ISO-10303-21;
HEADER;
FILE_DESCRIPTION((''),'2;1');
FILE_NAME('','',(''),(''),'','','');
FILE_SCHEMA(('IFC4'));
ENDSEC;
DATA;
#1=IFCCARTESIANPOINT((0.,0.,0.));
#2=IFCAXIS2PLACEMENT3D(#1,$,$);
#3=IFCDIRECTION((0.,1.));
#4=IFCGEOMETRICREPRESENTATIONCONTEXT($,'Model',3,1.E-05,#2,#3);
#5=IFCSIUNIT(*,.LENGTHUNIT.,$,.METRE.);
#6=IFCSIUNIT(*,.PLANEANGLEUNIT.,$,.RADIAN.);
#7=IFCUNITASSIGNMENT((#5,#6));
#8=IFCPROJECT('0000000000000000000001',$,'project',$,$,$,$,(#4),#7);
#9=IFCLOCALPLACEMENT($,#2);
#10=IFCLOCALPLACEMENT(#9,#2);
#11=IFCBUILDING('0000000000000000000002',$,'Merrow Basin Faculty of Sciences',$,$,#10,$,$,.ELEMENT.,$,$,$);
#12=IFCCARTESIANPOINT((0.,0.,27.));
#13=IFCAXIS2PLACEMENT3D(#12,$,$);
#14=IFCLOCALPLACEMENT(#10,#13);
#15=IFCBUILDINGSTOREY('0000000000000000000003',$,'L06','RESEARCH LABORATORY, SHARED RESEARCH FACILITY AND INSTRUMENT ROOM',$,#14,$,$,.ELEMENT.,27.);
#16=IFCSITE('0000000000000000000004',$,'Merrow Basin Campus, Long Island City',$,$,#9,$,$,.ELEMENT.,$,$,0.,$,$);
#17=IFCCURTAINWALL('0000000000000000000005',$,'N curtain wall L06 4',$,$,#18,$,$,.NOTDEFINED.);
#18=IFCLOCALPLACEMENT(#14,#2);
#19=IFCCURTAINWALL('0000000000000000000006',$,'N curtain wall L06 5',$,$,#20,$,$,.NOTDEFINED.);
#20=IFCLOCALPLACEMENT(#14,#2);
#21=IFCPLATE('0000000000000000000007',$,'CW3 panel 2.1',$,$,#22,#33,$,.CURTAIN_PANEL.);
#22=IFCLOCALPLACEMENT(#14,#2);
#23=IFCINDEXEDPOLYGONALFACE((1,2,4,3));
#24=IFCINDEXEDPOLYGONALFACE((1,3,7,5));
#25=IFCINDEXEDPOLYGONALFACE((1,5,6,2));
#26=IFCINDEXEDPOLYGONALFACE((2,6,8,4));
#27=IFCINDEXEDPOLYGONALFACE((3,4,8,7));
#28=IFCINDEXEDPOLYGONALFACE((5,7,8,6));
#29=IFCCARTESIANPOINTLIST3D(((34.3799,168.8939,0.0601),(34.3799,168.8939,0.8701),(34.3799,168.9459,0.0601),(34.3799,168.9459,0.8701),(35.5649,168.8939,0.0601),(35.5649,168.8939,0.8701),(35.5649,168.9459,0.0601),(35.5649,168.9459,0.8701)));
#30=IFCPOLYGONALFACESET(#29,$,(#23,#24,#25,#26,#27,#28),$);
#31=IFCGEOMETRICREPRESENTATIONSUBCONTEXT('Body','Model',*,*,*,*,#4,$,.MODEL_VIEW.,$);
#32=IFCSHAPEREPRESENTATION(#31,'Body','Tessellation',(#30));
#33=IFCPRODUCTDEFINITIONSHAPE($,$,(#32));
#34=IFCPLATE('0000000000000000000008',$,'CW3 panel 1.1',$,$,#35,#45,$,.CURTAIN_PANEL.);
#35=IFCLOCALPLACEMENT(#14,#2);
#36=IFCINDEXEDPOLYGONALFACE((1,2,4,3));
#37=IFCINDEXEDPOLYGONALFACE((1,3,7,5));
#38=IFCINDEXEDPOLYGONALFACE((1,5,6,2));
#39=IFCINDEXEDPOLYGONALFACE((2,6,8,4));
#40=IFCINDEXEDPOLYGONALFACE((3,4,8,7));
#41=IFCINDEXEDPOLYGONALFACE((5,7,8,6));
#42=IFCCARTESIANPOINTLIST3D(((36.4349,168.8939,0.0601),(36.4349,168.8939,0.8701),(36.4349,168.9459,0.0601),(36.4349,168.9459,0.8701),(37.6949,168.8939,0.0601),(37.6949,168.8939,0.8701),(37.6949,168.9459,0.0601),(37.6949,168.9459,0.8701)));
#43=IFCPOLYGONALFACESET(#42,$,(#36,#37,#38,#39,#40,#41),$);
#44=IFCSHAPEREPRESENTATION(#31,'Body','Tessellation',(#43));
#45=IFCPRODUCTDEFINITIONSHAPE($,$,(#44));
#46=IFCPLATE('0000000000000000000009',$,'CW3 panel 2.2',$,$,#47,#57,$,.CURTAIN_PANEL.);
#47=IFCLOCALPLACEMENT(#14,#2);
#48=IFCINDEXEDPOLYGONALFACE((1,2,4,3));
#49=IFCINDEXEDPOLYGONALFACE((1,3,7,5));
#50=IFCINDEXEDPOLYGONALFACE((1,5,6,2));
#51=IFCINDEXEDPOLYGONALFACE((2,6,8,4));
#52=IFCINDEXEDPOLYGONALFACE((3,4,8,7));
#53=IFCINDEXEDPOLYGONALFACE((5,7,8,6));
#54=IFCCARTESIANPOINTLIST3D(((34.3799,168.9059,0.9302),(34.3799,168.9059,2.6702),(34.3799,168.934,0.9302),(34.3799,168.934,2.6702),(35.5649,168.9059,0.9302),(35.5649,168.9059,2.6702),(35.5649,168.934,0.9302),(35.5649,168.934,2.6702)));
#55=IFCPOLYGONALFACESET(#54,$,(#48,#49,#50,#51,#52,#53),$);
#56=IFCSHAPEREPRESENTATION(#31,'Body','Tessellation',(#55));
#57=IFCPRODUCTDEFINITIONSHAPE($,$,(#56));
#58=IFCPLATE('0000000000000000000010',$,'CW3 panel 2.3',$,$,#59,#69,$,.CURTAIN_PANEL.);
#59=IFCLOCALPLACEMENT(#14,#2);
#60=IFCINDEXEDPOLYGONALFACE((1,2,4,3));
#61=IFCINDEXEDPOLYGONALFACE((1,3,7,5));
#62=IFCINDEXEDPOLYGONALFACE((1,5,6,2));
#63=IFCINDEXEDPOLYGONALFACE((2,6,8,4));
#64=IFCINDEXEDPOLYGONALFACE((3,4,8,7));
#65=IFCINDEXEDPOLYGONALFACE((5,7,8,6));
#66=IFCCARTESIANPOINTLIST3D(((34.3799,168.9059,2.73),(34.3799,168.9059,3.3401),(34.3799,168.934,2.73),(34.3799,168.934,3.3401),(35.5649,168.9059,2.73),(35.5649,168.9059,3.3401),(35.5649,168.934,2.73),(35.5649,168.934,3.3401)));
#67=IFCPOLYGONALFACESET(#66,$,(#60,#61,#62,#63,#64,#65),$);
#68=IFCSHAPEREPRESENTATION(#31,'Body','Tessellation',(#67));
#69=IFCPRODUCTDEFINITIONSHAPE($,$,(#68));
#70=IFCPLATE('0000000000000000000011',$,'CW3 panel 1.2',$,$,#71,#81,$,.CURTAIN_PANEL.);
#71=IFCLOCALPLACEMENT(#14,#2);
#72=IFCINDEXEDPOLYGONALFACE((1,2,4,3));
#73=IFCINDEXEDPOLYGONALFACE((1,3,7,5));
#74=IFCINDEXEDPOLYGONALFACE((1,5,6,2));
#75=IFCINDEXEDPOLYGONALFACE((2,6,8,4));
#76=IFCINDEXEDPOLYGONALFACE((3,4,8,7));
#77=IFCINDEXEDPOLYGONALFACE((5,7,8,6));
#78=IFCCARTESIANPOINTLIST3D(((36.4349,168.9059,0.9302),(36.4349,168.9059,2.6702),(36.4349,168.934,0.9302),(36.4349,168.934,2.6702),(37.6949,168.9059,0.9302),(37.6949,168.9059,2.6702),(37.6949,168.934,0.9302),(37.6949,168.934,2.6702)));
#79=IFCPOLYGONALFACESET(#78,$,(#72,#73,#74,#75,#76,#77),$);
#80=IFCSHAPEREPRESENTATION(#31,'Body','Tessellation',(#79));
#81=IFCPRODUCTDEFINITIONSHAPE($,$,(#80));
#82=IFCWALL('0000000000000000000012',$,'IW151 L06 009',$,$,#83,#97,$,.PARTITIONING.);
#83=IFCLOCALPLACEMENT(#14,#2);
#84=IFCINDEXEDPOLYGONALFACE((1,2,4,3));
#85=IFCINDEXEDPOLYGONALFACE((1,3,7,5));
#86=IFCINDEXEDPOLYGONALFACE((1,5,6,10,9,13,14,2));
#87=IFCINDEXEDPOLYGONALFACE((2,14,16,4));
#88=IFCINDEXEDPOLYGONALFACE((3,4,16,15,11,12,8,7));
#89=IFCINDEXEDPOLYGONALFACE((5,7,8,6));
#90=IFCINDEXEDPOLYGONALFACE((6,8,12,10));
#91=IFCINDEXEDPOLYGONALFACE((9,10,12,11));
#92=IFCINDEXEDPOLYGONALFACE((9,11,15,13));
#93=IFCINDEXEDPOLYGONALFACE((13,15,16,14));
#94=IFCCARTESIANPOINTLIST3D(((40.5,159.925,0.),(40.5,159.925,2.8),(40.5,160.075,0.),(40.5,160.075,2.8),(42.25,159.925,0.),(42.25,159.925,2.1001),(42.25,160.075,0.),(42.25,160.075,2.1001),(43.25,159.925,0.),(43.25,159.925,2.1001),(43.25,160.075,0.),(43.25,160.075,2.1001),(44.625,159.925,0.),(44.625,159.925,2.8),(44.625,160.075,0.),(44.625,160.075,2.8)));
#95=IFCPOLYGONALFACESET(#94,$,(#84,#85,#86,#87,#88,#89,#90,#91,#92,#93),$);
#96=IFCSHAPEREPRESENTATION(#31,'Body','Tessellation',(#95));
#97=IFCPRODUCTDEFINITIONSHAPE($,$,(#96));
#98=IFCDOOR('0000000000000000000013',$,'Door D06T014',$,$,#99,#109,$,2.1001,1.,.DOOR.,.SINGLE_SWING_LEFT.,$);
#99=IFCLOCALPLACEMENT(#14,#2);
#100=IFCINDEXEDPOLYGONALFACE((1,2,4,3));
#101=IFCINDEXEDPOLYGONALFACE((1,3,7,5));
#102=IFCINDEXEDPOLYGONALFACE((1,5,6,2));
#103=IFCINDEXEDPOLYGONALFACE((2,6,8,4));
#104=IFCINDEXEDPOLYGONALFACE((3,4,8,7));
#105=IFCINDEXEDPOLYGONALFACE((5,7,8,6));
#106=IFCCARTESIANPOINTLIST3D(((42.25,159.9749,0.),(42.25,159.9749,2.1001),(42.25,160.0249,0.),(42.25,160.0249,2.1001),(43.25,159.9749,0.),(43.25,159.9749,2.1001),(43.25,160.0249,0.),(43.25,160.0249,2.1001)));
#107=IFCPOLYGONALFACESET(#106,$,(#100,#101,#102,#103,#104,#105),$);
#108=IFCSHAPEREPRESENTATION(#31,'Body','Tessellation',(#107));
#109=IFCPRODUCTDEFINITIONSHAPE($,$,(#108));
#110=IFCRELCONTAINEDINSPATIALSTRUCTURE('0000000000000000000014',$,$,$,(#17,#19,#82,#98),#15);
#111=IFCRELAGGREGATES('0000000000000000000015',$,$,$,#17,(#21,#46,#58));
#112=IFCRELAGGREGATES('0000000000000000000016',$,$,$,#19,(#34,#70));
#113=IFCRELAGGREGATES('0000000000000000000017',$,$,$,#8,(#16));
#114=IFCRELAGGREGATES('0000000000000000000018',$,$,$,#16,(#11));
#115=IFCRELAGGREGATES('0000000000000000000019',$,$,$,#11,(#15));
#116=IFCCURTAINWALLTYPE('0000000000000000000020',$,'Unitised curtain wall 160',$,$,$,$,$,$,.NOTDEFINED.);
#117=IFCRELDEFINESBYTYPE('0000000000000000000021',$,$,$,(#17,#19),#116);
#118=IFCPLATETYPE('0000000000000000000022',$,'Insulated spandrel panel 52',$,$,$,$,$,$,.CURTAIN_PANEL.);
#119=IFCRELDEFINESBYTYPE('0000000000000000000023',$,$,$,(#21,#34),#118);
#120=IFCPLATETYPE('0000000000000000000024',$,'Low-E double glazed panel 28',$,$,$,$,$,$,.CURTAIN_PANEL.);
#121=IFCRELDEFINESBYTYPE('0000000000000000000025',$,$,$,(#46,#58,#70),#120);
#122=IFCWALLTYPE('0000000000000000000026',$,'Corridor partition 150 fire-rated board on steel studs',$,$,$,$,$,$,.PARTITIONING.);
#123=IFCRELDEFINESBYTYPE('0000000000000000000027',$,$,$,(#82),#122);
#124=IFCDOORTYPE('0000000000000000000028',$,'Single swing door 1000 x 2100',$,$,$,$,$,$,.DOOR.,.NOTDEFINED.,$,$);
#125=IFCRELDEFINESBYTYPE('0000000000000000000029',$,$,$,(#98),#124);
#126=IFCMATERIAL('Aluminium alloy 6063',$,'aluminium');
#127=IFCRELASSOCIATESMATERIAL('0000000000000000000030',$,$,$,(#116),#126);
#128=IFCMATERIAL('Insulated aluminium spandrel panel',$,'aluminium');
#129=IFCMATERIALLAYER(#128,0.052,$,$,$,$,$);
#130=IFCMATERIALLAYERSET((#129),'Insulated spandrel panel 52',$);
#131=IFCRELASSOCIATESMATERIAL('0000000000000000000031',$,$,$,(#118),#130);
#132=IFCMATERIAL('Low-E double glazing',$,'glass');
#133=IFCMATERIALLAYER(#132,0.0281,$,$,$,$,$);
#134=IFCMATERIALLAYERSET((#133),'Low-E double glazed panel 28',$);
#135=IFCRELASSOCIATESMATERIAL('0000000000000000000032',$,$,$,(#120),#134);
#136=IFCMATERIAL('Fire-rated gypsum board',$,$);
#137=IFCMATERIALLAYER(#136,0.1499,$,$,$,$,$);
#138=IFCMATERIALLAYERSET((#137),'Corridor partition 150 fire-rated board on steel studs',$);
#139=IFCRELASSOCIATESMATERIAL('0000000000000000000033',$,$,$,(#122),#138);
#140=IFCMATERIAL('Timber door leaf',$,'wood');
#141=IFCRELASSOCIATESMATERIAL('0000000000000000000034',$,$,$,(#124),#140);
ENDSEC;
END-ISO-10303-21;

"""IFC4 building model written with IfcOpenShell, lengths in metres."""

from ifc_helpers import new_model, si_unit, direction, frame, frame_2d, origin, origin_2d, place, context, subcontext, project, spatial, rectangle, extrude, material, layer, layer_set, type_object, element, fill, aggregate, save


model = new_model("IFC4")

# Units and contexts
model_context = context("Model", 3, precision=1e-05, world=origin(), true_north=direction((0.0, 1.0)))
body_context = subcontext(model_context, "Body", "Model", "MODEL_VIEW")
ifc_project = project(units=[si_unit("LENGTHUNIT", "METRE"), si_unit("PLANEANGLEUNIT", "RADIAN")], contexts=[model_context])

# Site, building, storey
site_placement = place(None, origin())
site = spatial("IfcSite", under=ifc_project, at=site_placement, Name="Merrow Basin Campus, Long Island City", CompositionType="ELEMENT", RefElevation=0.0)
building_placement = place(site_placement, origin())
building = spatial("IfcBuilding", under=site, at=building_placement, Name="Merrow Basin Faculty of Sciences", CompositionType="ELEMENT")
storey_placement = place(building_placement, frame((0.0, 0.0, 27.0)))
storey = spatial("IfcBuildingStorey", under=building, at=storey_placement, Name="L06", Description="RESEARCH LABORATORY, SHARED RESEARCH FACILITY AND INSTRUMENT ROOM", CompositionType="ELEMENT", Elevation=27.0)

# Curtain walls
ifc_material_1 = material(Name="Aluminium alloy 6063", Category="aluminium")
curtain_wall_type = type_object("IfcCurtainWallType", Name="Unitised curtain wall 160", PredefinedType="NOTDEFINED", material=ifc_material_1)
curtain_wall_1_placement = place(storey_placement, origin())
curtain_wall_1 = element("IfcCurtainWall", 1, at=curtain_wall_1_placement, inside=storey, type_object=curtain_wall_type, Name="N curtain wall L06 4", PredefinedType="NOTDEFINED")
curtain_wall_2_placement = place(storey_placement, origin())
curtain_wall_2 = element("IfcCurtainWall", 2, at=curtain_wall_2_placement, inside=storey, type_object=curtain_wall_type, Name="N curtain wall L06 5", PredefinedType="NOTDEFINED")

# Plates
ifc_material_2 = material(Name="Insulated aluminium spandrel panel", Category="aluminium")
ifc_layer_1 = layer(ifc_material_2, 0.052)
ifc_layer_set_1 = layer_set([ifc_layer_1], Name="Insulated spandrel panel 52")
plate_type_1 = type_object("IfcPlateType", Name="Insulated spandrel panel 52", PredefinedType="CURTAIN_PANEL", material=ifc_layer_set_1)
plate_1_placement = place(storey_placement, frame((34.9724, 168.9199, 0.0601), z_axis=(0.0, 0.0, 1.0), x_axis=(1.0, 0.0, 0.0)))
plate_1 = element("IfcPlate", 3, at=plate_1_placement, type_object=plate_type_1, Name="CW3 panel 2.1", PredefinedType="CURTAIN_PANEL", context=body_context, shape_type="SweptSolid", body=[
    extrude(rectangle(XDim=1.1851, YDim=0.052, at=origin_2d()), origin(), (0.0, 0.0, 1.0), 0.8101),
])
plate_2_placement = place(storey_placement, frame((37.0649, 168.9199, 0.0601), z_axis=(0.0, 0.0, 1.0), x_axis=(1.0, 0.0, 0.0)))
plate_2 = element("IfcPlate", 4, at=plate_2_placement, type_object=plate_type_1, Name="CW3 panel 1.1", PredefinedType="CURTAIN_PANEL", context=body_context, shape_type="SweptSolid", body=[
    extrude(rectangle(XDim=1.26, YDim=0.052, at=origin_2d()), origin(), (0.0, 0.0, 1.0), 0.8101),
])
ifc_material_3 = material(Name="Low-E double glazing", Category="glass")
ifc_layer_2 = layer(ifc_material_3, 0.0281)
ifc_layer_set_2 = layer_set([ifc_layer_2], Name="Low-E double glazed panel 28")
plate_type_2 = type_object("IfcPlateType", Name="Low-E double glazed panel 28", PredefinedType="CURTAIN_PANEL", material=ifc_layer_set_2)
plate_3_placement = place(storey_placement, frame((34.9724, 168.9199, 0.9302), z_axis=(0.0, 0.0, 1.0), x_axis=(1.0, 0.0, 0.0)))
plate_3 = element("IfcPlate", 5, at=plate_3_placement, type_object=plate_type_2, Name="CW3 panel 2.2", PredefinedType="CURTAIN_PANEL", context=body_context, shape_type="SweptSolid", body=[
    extrude(rectangle(XDim=1.1851, YDim=0.0281, at=origin_2d()), origin(), (0.0, 0.0, 1.0), 1.74),
])
plate_4_placement = place(storey_placement, frame((34.9724, 168.9199, 2.73), z_axis=(0.0, 0.0, 1.0), x_axis=(1.0, 0.0, 0.0)))
plate_4 = element("IfcPlate", 6, at=plate_4_placement, type_object=plate_type_2, Name="CW3 panel 2.3", PredefinedType="CURTAIN_PANEL", context=body_context, shape_type="SweptSolid", body=[
    extrude(rectangle(XDim=1.1851, YDim=0.0281, at=origin_2d()), origin(), (0.0, 0.0, 1.0), 0.6101),
])
aggregate(curtain_wall_1, [plate_1, plate_3, plate_4])
plate_5_placement = place(storey_placement, frame((37.0649, 168.9199, 0.9302), z_axis=(0.0, 0.0, 1.0), x_axis=(1.0, 0.0, 0.0)))
plate_5 = element("IfcPlate", 7, at=plate_5_placement, type_object=plate_type_2, Name="CW3 panel 1.2", PredefinedType="CURTAIN_PANEL", context=body_context, shape_type="SweptSolid", body=[
    extrude(rectangle(XDim=1.26, YDim=0.0281, at=origin_2d()), origin(), (0.0, 0.0, 1.0), 1.74),
])
aggregate(curtain_wall_2, [plate_2, plate_5])

# Wall, opening, door
ifc_material_4 = material(Name="Fire-rated gypsum board")
ifc_layer_3 = layer(ifc_material_4, 0.1499)
ifc_layer_set_3 = layer_set([ifc_layer_3], Name="Corridor partition 150 fire-rated board on steel studs")
wall_type = type_object("IfcWallType", Name="Corridor partition 150 fire-rated board on steel studs", PredefinedType="PARTITIONING", material=ifc_layer_set_3)
wall_placement = place(storey_placement, frame((40.5, 160.0, 0.0), z_axis=(0.0, 0.0, 1.0), x_axis=(1.0, 0.0, 0.0)))
wall = element("IfcWall", 8, at=wall_placement, inside=storey, type_object=wall_type, Name="IW151 L06 009", PredefinedType="PARTITIONING", context=body_context, shape_type="SweptSolid", body=[
    extrude(rectangle(XDim=4.125, YDim=0.1499, at=frame_2d((2.0625, 0.0))), origin(), (0.0, 0.0, 1.0), 2.8),
])
opening_placement = place(wall_placement, frame((1.75, 0.0, 0.0)))
opening = element("IfcOpeningElement", 9, at=opening_placement, cuts=wall, PredefinedType="OPENING", context=body_context, shape_type="SweptSolid", body=[
    extrude(rectangle(XDim=1.0, YDim=2.1001, at=frame_2d((0.5, 1.05))), frame((0.0, 0.085, 0.0), z_axis=(0.0, -1.0, 0.0), x_axis=(1.0, 0.0, 0.0)), (0.0, 0.0, 1.0), 0.1699),
])
ifc_material_5 = material(Name="Timber door leaf", Category="wood")
door_type = type_object("IfcDoorType", Name="Single swing door 1000 x 2100", OperationType="NOTDEFINED", PredefinedType="DOOR", material=ifc_material_5)
door_placement = place(opening_placement, origin())
door = element("IfcDoor", 10, at=door_placement, inside=storey, type_object=door_type, Name="Door D06T014", OperationType="SINGLE_SWING_LEFT", OverallHeight=2.1001, OverallWidth=1.0, PredefinedType="DOOR", context=body_context, shape_type="SweptSolid", body=[
    extrude(rectangle(XDim=1.0, YDim=2.1001, at=frame_2d((0.5, 1.05))), frame((0.0, 0.0249, 0.0), z_axis=(0.0, -1.0, 0.0), x_axis=(1.0, 0.0, 0.0)), (0.0, 0.0, 1.0), 0.05),
])
fill(opening, door)

save(model, "model.ifc")
